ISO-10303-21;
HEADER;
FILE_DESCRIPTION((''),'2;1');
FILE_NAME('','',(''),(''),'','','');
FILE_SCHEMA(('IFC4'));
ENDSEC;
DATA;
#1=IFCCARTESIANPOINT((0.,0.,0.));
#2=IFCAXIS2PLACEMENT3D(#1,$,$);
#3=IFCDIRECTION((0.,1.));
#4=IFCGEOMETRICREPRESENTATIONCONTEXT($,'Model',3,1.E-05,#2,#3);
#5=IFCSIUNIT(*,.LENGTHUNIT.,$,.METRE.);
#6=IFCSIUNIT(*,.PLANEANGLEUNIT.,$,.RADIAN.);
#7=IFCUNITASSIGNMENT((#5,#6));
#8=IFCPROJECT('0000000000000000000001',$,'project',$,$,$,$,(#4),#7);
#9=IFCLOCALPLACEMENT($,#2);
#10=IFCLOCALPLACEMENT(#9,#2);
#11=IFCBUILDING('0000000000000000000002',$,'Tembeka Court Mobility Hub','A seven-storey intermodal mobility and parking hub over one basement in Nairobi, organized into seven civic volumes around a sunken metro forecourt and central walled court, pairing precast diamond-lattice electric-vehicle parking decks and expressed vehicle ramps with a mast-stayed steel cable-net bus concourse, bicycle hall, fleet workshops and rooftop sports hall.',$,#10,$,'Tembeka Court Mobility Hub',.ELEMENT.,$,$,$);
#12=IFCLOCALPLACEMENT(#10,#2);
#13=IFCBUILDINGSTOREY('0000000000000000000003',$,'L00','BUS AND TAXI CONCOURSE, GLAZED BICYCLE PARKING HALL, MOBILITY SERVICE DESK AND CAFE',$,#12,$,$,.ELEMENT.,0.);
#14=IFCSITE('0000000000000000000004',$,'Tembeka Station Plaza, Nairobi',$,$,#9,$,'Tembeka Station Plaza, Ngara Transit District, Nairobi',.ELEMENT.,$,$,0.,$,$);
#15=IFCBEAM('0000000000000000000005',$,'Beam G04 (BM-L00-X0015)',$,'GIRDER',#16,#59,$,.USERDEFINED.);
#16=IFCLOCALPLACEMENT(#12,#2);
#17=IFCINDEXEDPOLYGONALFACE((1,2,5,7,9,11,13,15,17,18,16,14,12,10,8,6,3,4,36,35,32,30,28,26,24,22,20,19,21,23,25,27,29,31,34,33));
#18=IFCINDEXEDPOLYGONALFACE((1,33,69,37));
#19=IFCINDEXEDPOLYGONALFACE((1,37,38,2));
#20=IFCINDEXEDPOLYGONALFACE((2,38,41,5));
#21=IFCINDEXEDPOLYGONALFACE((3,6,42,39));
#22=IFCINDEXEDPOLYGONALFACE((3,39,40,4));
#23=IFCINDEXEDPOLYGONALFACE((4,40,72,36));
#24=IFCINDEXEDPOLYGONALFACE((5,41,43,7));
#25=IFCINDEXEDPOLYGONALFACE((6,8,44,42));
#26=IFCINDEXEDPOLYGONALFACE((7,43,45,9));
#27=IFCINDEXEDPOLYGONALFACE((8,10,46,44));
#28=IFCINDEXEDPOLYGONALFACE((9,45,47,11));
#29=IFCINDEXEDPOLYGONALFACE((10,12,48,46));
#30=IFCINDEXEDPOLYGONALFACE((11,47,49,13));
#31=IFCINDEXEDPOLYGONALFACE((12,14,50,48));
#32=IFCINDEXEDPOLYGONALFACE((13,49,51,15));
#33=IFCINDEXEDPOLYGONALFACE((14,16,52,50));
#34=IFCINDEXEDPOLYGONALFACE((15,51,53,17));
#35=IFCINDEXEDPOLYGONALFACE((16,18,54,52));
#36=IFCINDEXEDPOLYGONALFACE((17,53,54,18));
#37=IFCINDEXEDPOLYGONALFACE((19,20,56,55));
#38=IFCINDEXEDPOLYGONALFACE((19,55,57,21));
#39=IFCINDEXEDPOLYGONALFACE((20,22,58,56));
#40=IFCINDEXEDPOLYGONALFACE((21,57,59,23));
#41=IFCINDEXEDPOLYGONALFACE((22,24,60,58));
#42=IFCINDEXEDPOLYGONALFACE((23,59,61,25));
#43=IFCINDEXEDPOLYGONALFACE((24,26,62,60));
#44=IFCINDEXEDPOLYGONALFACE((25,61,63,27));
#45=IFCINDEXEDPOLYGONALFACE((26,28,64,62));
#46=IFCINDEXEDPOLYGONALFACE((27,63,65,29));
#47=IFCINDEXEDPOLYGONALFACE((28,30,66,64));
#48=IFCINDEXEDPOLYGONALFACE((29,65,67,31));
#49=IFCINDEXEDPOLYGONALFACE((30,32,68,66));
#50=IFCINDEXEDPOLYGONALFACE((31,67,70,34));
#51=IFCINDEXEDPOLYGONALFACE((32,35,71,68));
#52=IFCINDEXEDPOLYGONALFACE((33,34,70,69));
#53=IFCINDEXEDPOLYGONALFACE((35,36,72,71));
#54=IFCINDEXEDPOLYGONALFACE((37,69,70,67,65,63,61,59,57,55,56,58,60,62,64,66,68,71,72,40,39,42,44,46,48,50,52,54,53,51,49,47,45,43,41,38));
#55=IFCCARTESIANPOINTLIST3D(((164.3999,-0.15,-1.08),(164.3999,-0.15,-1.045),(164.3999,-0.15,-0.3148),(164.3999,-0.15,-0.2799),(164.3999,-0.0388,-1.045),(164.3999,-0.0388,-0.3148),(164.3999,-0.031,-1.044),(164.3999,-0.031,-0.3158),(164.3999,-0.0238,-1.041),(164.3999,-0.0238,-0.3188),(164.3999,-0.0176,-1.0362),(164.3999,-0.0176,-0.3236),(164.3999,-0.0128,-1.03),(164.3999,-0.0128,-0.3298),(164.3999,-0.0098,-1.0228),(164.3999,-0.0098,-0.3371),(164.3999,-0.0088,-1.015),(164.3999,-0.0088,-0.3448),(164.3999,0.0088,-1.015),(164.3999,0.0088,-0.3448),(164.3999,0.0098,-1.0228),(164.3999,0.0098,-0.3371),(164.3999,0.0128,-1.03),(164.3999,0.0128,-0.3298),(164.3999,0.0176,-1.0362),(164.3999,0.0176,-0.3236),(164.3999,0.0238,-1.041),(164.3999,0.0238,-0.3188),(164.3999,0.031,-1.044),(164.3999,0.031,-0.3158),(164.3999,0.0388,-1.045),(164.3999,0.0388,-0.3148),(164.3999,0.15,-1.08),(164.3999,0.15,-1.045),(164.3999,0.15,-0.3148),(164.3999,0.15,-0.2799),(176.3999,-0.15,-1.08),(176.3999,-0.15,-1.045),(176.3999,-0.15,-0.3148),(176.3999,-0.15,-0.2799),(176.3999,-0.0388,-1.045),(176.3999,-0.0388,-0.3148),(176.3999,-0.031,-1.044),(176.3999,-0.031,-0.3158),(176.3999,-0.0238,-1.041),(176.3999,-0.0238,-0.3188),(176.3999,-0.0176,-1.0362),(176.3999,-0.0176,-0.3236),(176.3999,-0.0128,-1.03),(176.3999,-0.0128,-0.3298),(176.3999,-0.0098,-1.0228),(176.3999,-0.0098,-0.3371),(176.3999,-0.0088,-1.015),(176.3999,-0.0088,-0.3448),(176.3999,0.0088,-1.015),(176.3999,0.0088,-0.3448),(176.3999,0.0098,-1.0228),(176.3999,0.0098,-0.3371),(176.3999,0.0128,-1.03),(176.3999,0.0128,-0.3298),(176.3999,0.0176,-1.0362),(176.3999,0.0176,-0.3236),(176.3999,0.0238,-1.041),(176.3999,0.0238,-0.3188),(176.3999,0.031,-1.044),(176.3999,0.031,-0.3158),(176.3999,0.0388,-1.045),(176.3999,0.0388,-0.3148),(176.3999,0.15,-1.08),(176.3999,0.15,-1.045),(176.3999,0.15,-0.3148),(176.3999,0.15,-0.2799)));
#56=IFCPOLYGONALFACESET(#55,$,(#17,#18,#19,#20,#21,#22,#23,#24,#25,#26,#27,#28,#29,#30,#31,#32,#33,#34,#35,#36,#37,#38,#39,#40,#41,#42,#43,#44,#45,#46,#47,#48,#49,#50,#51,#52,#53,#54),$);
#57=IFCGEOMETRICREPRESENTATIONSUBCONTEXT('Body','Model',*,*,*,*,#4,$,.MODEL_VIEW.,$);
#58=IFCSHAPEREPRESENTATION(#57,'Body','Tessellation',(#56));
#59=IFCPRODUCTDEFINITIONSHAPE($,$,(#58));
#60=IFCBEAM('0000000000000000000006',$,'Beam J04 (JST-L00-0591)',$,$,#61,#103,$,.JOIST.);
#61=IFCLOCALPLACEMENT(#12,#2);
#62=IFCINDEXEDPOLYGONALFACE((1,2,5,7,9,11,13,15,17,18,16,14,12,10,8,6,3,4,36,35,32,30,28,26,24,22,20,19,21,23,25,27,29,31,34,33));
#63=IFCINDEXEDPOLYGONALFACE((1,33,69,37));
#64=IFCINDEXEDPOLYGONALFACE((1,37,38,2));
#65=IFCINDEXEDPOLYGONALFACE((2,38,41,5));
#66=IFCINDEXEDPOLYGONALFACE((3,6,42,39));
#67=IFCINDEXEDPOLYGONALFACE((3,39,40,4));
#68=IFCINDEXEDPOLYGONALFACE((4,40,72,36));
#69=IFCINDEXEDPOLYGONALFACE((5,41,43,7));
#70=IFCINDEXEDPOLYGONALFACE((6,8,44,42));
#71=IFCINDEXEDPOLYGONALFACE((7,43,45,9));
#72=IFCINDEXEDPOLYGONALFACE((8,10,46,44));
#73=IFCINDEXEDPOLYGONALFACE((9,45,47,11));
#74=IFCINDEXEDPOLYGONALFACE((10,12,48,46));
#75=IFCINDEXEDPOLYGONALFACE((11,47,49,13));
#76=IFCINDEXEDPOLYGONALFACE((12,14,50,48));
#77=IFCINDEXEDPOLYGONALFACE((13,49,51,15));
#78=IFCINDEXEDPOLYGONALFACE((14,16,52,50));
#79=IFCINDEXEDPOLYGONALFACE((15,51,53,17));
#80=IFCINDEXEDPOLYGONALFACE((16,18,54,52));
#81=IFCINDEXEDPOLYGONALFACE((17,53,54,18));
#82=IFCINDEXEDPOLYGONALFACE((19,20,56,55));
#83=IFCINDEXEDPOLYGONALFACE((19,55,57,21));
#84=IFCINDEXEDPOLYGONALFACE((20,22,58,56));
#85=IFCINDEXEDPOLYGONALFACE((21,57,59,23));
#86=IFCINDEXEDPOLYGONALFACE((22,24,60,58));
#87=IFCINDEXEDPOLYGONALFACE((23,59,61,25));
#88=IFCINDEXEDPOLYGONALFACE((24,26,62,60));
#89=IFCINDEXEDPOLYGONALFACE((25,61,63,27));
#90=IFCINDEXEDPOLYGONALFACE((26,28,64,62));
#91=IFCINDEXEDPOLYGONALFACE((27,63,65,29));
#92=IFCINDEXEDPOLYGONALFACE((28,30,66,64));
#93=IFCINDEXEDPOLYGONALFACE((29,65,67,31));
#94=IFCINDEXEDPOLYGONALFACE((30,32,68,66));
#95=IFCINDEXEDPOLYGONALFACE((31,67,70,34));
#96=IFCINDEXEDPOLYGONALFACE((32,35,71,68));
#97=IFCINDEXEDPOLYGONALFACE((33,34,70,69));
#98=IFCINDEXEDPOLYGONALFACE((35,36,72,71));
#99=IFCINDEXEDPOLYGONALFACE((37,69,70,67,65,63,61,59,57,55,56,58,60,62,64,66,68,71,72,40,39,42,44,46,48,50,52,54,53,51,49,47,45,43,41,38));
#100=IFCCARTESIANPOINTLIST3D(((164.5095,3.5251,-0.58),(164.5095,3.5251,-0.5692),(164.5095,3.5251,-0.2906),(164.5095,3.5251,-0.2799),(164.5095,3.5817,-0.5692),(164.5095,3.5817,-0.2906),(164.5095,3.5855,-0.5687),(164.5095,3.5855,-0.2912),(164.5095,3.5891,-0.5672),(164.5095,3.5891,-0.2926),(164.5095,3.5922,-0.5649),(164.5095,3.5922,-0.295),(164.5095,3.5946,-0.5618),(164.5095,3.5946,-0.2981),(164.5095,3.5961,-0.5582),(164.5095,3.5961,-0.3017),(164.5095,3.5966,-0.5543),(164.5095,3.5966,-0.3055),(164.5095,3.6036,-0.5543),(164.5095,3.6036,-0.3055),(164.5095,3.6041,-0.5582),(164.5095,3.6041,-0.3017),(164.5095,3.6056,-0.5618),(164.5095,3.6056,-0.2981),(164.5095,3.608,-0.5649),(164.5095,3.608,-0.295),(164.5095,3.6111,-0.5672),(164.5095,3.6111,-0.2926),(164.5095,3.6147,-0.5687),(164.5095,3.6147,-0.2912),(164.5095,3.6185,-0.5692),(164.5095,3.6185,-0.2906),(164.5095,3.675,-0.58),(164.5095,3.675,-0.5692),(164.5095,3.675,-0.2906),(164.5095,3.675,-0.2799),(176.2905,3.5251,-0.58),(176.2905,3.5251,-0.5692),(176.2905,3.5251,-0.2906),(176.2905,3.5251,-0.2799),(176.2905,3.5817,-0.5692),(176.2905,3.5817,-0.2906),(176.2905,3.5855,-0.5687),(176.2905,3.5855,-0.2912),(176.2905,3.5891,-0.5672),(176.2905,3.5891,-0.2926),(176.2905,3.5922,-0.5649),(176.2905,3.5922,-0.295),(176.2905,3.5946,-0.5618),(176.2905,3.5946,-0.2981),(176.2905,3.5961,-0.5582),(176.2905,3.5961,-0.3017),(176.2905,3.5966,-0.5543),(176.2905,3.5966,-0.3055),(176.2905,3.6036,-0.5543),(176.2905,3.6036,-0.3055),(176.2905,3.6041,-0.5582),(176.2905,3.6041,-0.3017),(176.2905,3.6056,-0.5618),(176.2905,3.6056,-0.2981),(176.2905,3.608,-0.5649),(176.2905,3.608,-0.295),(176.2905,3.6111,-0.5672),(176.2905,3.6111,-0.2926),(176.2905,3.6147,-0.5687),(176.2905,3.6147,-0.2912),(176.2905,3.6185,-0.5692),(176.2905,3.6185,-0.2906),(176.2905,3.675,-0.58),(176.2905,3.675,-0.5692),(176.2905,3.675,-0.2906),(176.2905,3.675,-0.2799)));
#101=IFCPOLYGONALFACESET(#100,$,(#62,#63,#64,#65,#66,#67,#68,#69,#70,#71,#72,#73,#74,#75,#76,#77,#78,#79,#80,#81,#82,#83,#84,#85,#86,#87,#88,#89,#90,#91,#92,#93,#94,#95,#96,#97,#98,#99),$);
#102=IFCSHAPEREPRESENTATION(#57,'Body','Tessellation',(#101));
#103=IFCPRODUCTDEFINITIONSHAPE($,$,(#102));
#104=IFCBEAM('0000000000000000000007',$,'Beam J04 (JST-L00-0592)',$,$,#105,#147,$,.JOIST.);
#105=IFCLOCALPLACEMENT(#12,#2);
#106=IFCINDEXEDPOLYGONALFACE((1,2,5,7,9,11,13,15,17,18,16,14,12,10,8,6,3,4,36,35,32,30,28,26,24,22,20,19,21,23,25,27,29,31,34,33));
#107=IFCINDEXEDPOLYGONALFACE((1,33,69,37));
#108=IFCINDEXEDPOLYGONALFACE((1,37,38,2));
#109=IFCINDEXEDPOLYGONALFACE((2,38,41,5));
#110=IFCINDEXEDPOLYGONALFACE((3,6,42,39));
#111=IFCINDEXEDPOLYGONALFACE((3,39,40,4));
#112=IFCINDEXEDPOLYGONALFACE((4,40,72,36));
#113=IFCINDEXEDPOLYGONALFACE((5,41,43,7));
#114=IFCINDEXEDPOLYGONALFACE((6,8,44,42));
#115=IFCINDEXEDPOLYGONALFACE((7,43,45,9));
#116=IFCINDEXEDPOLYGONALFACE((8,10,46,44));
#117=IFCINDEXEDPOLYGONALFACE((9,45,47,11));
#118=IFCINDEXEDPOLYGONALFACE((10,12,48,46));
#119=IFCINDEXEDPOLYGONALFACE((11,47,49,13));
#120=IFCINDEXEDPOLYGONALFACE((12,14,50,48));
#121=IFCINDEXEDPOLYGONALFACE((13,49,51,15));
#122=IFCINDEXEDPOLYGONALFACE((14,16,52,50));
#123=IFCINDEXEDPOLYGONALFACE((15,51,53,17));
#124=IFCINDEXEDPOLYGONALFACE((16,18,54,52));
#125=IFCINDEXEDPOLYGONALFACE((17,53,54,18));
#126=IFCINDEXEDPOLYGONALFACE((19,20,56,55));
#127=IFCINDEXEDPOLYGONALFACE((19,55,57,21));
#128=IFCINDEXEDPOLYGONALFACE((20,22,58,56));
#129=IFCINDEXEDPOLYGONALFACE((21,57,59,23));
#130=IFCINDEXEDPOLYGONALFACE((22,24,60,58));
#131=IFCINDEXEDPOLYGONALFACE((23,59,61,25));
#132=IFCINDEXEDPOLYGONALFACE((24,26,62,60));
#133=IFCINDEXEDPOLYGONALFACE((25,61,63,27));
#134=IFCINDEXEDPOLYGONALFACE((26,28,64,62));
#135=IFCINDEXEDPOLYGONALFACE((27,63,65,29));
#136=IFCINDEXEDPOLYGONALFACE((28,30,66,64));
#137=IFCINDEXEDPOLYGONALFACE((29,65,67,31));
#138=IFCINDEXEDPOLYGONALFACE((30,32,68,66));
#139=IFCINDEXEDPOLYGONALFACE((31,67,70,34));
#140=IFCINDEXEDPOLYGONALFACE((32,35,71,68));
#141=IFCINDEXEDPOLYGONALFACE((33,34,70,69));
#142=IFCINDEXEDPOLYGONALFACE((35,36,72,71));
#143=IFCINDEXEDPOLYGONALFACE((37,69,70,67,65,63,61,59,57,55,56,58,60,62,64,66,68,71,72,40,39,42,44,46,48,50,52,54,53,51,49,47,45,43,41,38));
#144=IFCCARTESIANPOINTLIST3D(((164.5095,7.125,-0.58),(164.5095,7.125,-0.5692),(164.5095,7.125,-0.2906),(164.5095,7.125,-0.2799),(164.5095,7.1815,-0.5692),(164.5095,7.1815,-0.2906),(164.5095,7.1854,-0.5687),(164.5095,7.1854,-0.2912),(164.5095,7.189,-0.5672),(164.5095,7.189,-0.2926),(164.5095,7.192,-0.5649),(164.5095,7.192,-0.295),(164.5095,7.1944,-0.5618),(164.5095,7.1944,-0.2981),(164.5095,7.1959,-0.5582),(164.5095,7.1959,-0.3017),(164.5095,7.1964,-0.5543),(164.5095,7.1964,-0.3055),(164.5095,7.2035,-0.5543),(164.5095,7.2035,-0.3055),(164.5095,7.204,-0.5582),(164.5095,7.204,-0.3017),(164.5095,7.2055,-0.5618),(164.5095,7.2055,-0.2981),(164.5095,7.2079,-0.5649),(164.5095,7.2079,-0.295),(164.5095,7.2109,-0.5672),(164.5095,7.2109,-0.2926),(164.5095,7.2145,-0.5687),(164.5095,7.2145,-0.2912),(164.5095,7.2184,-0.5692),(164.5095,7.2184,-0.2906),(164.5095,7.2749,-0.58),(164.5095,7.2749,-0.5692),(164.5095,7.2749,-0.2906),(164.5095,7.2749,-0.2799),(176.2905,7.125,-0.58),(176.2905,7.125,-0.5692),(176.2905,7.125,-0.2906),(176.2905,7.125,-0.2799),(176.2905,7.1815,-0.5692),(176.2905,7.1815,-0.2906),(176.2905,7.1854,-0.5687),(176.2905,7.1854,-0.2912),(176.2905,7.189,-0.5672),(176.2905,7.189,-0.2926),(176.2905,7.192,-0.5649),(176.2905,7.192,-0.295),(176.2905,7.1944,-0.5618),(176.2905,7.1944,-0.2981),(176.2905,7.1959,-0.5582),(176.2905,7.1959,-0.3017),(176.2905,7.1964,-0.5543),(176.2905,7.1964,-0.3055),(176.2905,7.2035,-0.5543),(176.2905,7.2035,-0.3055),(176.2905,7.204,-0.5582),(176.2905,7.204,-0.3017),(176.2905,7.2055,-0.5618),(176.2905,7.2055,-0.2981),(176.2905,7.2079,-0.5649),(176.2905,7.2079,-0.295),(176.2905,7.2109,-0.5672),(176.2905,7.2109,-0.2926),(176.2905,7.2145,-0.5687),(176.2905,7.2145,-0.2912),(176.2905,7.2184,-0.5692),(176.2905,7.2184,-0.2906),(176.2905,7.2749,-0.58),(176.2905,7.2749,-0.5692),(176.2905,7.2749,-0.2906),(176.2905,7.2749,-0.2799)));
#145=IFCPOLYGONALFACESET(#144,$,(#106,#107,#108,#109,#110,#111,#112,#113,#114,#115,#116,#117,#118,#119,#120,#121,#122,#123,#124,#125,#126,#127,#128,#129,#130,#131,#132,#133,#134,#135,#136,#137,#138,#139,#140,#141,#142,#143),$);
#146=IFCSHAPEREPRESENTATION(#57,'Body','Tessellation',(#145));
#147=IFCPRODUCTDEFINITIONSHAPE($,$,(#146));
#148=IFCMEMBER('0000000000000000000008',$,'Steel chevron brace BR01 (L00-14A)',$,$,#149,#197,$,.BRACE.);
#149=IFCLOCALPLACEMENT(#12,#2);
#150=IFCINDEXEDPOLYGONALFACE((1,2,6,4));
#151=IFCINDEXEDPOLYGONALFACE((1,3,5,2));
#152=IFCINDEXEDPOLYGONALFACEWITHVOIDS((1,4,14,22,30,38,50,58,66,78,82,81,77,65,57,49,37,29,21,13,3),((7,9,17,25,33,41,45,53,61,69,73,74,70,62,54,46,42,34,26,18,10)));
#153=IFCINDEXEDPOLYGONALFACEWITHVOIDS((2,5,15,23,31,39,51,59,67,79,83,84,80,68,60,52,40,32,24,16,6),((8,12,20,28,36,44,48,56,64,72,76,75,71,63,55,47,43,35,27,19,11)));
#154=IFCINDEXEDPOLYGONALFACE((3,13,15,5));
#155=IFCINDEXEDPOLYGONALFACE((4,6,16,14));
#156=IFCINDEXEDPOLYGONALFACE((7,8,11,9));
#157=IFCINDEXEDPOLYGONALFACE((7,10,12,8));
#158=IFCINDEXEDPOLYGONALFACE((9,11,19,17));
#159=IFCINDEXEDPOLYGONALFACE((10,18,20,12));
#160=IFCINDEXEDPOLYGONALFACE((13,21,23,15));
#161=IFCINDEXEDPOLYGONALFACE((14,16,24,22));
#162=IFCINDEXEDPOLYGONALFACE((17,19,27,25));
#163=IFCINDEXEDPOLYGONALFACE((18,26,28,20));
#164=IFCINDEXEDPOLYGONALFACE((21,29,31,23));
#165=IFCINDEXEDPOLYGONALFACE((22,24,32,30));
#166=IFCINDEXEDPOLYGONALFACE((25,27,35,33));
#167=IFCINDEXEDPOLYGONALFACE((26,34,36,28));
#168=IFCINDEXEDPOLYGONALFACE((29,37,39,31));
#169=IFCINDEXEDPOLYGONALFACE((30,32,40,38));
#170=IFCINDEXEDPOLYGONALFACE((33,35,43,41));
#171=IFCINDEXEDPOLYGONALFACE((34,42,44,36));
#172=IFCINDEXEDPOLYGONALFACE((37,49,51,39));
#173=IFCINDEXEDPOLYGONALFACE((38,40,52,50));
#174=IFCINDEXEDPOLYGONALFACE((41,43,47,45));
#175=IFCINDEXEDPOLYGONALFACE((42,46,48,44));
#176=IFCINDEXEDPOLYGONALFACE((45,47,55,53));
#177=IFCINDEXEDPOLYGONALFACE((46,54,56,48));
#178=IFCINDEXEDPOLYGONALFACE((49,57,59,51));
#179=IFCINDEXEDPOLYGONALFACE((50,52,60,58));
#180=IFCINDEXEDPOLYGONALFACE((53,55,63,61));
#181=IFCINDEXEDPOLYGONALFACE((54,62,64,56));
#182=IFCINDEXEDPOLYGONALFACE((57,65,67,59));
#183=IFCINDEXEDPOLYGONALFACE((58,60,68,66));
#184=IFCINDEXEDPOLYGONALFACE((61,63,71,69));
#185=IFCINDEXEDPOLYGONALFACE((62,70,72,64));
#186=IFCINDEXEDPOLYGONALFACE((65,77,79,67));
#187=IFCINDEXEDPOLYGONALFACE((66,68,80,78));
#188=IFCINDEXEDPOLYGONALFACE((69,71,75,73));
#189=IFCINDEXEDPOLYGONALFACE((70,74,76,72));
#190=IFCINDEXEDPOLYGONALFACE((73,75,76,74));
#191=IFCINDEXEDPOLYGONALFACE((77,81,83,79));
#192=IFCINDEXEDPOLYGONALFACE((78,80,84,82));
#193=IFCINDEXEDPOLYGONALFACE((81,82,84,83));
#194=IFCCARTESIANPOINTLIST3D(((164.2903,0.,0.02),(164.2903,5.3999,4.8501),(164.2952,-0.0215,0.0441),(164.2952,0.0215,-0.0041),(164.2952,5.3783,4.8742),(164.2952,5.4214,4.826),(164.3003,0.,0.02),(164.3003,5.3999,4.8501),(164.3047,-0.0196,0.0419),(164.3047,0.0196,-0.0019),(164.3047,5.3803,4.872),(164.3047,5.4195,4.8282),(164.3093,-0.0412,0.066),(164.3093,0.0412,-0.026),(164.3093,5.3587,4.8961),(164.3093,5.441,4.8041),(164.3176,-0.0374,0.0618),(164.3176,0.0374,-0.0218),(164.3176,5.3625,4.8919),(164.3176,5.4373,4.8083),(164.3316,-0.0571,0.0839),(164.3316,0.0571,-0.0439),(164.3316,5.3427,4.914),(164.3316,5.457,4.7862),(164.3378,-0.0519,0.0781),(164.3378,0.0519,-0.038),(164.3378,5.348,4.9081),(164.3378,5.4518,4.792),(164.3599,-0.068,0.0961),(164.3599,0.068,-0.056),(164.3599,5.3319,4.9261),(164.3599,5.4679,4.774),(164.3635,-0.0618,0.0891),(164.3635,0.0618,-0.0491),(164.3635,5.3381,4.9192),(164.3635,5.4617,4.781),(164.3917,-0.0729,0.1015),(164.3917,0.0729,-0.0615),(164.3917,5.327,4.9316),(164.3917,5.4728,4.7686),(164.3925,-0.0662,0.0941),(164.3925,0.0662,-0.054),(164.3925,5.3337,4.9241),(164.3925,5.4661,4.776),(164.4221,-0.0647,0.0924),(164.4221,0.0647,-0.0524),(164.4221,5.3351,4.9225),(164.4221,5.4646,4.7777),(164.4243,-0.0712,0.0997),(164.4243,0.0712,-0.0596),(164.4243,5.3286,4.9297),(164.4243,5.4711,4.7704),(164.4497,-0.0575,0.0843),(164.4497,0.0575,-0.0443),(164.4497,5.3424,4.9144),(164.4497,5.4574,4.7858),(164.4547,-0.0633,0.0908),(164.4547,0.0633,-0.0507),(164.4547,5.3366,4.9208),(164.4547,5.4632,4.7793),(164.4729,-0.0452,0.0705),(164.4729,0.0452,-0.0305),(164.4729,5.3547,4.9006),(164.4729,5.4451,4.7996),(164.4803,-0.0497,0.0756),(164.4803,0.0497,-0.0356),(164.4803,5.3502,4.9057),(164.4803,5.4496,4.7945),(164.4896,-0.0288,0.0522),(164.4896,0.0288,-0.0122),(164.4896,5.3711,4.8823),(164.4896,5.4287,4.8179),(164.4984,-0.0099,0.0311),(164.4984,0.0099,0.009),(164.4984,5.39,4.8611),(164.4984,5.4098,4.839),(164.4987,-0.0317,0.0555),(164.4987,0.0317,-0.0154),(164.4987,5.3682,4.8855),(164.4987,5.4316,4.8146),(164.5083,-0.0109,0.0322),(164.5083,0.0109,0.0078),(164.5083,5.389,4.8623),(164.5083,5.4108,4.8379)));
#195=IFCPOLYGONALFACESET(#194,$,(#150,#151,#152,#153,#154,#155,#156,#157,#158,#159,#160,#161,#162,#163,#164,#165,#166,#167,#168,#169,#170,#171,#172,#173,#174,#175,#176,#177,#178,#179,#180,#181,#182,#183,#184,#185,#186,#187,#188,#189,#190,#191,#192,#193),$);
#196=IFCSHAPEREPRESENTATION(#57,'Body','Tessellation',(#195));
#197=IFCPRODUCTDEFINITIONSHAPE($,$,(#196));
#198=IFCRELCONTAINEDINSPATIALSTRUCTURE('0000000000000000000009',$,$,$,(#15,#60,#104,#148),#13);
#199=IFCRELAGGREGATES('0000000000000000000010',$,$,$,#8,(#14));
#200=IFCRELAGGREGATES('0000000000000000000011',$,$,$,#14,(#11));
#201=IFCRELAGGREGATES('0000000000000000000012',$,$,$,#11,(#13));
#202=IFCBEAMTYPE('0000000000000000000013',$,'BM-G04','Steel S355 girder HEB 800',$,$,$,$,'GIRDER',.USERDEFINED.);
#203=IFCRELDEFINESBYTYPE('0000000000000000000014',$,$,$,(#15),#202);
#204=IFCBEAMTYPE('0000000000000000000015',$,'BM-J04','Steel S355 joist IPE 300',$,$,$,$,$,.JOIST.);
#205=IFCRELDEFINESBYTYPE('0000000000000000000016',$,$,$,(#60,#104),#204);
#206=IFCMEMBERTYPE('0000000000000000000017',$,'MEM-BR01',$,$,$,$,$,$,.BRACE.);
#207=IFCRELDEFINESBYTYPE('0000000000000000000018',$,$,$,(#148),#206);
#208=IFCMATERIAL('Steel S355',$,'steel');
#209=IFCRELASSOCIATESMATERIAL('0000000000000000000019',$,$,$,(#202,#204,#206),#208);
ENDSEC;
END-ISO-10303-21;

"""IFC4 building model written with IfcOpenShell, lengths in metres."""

from ifc_helpers import new_model, si_unit, direction, frame, origin, origin_2d, place, context, subcontext, project, spatial, hollow_circle, i_section, extrude, material, material_profile, profile_set, type_object, element, save


model = new_model("IFC4")

# Units and contexts
model_context = context("Model", 3, precision=1e-05, world=origin(), true_north=direction((0.0, 1.0)))
body_context = subcontext(model_context, "Body", "Model", "MODEL_VIEW")
ifc_project = project(units=[si_unit("LENGTHUNIT", "METRE"), si_unit("PLANEANGLEUNIT", "RADIAN")], contexts=[model_context])

# Site, building, storey
site_placement = place(None, origin())
site = spatial("IfcSite", under=ifc_project, at=site_placement, Name="Tembeka Station Plaza, Nairobi", LongName="Tembeka Station Plaza, Ngara Transit District, Nairobi", CompositionType="ELEMENT", RefElevation=0.0)
building_placement = place(site_placement, origin())
building = spatial("IfcBuilding", under=site, at=building_placement, Name="Tembeka Court Mobility Hub", Description="A seven-storey intermodal mobility and parking hub over one basement in Nairobi, organized into seven civic volumes around a sunken metro forecourt and central walled court, pairing precast diamond-lattice electric-vehicle parking decks and expressed vehicle ramps with a mast-stayed steel cable-net bus concourse, bicycle hall, fleet workshops and rooftop sports hall.", LongName="Tembeka Court Mobility Hub", CompositionType="ELEMENT")
storey_placement = place(building_placement, origin())
storey = spatial("IfcBuildingStorey", under=building, at=storey_placement, Name="L00", Description="BUS AND TAXI CONCOURSE, GLAZED BICYCLE PARKING HALL, MOBILITY SERVICE DESK AND CAFE", CompositionType="ELEMENT", Elevation=0.0)

# Shared definitions
ifc_material_1 = material(Name="Steel S355", Category="steel")

# Beams
ifc_material_profile_1 = material_profile(ifc_material_1, i_section(OverallWidth=0.3, OverallDepth=0.8, WebThickness=0.0176, FlangeThickness=0.0349, FilletRadius=0.03, at=origin_2d()), Name="HEB 800")
ifc_profile_set_1 = profile_set([ifc_material_profile_1], Name="Steel S355")
beam_type_1 = type_object("IfcBeamType", Name="BM-G04", Description="Steel S355 girder HEB 800", ElementType="GIRDER", PredefinedType="USERDEFINED", material=ifc_profile_set_1)
beam_placement = place(storey_placement, frame((164.3999, 0.0, -0.6799), z_axis=(1.0, 0.0, 0.0), x_axis=(0.0, 1.0, 0.0)))
element("IfcBeam", 1, at=beam_placement, inside=storey, type_object=beam_type_1, Name="Beam G04 (BM-L00-X0015)", ObjectType="GIRDER", PredefinedType="USERDEFINED", context=body_context, shape_type="SweptSolid", body=[
    extrude(i_section(OverallWidth=0.3, OverallDepth=0.8, WebThickness=0.0176, FlangeThickness=0.0349, FilletRadius=0.03, at=origin_2d()), origin(), (0.0, 0.0, 1.0), 12.0),
])
ifc_material_profile_2 = material_profile(ifc_material_1, i_section(OverallWidth=0.1499, OverallDepth=0.3, WebThickness=0.0071, FlangeThickness=0.0107, FilletRadius=0.0149, at=origin_2d()), Name="IPE 300")
ifc_profile_set_2 = profile_set([ifc_material_profile_2], Name="Steel S355")
beam_type_2 = type_object("IfcBeamType", Name="BM-J04", Description="Steel S355 joist IPE 300", PredefinedType="JOIST", material=ifc_profile_set_2)
for number, where, z_axis, x_axis, name in (
    (2, (164.5095, 3.6001, -0.4299), (1.0, 0.0, 0.0), (0.0, 1.0, 0.0), "Beam J04 (JST-L00-0591)"),
    (3, (164.5095, 7.2, -0.4299), (1.0, 0.0, 0.0), (0.0, 1.0, 0.0), "Beam J04 (JST-L00-0592)"),
):
    element("IfcBeam", number, at=place(storey_placement, frame(where, z_axis=z_axis, x_axis=x_axis)), inside=storey, type_object=beam_type_2, Name=name, PredefinedType="JOIST", context=body_context, shape_type="SweptSolid", body=[
        extrude(i_section(OverallWidth=0.1499, OverallDepth=0.3, WebThickness=0.0071, FlangeThickness=0.0107, FilletRadius=0.0149, at=origin_2d()), origin(), (0.0, 0.0, 1.0), 11.781),
    ])

# Member
ifc_material_profile_3 = material_profile(ifc_material_1, hollow_circle(Radius=0.1096, WallThickness=0.01, at=origin_2d()), Name="CHS 219.1x10")
ifc_profile_set_3 = profile_set([ifc_material_profile_3], Name="Steel S355")
member_type = type_object("IfcMemberType", Name="MEM-BR01", PredefinedType="BRACE", material=ifc_profile_set_3)
member_placement = place(storey_placement, frame((164.3999, 0.0, 0.02), z_axis=(0.0, 0.745338, 0.666686), x_axis=(-1.0, 0.0, 0.0)))
element("IfcMember", 4, at=member_placement, inside=storey, type_object=member_type, Name="Steel chevron brace BR01 (L00-14A)", PredefinedType="BRACE", context=body_context, shape_type="SweptSolid", body=[
    extrude(hollow_circle(Radius=0.1096, WallThickness=0.01, at=origin_2d()), origin(), (0.0, 0.0, 1.0), 7.2449),
])

save(model, "model.ifc")
